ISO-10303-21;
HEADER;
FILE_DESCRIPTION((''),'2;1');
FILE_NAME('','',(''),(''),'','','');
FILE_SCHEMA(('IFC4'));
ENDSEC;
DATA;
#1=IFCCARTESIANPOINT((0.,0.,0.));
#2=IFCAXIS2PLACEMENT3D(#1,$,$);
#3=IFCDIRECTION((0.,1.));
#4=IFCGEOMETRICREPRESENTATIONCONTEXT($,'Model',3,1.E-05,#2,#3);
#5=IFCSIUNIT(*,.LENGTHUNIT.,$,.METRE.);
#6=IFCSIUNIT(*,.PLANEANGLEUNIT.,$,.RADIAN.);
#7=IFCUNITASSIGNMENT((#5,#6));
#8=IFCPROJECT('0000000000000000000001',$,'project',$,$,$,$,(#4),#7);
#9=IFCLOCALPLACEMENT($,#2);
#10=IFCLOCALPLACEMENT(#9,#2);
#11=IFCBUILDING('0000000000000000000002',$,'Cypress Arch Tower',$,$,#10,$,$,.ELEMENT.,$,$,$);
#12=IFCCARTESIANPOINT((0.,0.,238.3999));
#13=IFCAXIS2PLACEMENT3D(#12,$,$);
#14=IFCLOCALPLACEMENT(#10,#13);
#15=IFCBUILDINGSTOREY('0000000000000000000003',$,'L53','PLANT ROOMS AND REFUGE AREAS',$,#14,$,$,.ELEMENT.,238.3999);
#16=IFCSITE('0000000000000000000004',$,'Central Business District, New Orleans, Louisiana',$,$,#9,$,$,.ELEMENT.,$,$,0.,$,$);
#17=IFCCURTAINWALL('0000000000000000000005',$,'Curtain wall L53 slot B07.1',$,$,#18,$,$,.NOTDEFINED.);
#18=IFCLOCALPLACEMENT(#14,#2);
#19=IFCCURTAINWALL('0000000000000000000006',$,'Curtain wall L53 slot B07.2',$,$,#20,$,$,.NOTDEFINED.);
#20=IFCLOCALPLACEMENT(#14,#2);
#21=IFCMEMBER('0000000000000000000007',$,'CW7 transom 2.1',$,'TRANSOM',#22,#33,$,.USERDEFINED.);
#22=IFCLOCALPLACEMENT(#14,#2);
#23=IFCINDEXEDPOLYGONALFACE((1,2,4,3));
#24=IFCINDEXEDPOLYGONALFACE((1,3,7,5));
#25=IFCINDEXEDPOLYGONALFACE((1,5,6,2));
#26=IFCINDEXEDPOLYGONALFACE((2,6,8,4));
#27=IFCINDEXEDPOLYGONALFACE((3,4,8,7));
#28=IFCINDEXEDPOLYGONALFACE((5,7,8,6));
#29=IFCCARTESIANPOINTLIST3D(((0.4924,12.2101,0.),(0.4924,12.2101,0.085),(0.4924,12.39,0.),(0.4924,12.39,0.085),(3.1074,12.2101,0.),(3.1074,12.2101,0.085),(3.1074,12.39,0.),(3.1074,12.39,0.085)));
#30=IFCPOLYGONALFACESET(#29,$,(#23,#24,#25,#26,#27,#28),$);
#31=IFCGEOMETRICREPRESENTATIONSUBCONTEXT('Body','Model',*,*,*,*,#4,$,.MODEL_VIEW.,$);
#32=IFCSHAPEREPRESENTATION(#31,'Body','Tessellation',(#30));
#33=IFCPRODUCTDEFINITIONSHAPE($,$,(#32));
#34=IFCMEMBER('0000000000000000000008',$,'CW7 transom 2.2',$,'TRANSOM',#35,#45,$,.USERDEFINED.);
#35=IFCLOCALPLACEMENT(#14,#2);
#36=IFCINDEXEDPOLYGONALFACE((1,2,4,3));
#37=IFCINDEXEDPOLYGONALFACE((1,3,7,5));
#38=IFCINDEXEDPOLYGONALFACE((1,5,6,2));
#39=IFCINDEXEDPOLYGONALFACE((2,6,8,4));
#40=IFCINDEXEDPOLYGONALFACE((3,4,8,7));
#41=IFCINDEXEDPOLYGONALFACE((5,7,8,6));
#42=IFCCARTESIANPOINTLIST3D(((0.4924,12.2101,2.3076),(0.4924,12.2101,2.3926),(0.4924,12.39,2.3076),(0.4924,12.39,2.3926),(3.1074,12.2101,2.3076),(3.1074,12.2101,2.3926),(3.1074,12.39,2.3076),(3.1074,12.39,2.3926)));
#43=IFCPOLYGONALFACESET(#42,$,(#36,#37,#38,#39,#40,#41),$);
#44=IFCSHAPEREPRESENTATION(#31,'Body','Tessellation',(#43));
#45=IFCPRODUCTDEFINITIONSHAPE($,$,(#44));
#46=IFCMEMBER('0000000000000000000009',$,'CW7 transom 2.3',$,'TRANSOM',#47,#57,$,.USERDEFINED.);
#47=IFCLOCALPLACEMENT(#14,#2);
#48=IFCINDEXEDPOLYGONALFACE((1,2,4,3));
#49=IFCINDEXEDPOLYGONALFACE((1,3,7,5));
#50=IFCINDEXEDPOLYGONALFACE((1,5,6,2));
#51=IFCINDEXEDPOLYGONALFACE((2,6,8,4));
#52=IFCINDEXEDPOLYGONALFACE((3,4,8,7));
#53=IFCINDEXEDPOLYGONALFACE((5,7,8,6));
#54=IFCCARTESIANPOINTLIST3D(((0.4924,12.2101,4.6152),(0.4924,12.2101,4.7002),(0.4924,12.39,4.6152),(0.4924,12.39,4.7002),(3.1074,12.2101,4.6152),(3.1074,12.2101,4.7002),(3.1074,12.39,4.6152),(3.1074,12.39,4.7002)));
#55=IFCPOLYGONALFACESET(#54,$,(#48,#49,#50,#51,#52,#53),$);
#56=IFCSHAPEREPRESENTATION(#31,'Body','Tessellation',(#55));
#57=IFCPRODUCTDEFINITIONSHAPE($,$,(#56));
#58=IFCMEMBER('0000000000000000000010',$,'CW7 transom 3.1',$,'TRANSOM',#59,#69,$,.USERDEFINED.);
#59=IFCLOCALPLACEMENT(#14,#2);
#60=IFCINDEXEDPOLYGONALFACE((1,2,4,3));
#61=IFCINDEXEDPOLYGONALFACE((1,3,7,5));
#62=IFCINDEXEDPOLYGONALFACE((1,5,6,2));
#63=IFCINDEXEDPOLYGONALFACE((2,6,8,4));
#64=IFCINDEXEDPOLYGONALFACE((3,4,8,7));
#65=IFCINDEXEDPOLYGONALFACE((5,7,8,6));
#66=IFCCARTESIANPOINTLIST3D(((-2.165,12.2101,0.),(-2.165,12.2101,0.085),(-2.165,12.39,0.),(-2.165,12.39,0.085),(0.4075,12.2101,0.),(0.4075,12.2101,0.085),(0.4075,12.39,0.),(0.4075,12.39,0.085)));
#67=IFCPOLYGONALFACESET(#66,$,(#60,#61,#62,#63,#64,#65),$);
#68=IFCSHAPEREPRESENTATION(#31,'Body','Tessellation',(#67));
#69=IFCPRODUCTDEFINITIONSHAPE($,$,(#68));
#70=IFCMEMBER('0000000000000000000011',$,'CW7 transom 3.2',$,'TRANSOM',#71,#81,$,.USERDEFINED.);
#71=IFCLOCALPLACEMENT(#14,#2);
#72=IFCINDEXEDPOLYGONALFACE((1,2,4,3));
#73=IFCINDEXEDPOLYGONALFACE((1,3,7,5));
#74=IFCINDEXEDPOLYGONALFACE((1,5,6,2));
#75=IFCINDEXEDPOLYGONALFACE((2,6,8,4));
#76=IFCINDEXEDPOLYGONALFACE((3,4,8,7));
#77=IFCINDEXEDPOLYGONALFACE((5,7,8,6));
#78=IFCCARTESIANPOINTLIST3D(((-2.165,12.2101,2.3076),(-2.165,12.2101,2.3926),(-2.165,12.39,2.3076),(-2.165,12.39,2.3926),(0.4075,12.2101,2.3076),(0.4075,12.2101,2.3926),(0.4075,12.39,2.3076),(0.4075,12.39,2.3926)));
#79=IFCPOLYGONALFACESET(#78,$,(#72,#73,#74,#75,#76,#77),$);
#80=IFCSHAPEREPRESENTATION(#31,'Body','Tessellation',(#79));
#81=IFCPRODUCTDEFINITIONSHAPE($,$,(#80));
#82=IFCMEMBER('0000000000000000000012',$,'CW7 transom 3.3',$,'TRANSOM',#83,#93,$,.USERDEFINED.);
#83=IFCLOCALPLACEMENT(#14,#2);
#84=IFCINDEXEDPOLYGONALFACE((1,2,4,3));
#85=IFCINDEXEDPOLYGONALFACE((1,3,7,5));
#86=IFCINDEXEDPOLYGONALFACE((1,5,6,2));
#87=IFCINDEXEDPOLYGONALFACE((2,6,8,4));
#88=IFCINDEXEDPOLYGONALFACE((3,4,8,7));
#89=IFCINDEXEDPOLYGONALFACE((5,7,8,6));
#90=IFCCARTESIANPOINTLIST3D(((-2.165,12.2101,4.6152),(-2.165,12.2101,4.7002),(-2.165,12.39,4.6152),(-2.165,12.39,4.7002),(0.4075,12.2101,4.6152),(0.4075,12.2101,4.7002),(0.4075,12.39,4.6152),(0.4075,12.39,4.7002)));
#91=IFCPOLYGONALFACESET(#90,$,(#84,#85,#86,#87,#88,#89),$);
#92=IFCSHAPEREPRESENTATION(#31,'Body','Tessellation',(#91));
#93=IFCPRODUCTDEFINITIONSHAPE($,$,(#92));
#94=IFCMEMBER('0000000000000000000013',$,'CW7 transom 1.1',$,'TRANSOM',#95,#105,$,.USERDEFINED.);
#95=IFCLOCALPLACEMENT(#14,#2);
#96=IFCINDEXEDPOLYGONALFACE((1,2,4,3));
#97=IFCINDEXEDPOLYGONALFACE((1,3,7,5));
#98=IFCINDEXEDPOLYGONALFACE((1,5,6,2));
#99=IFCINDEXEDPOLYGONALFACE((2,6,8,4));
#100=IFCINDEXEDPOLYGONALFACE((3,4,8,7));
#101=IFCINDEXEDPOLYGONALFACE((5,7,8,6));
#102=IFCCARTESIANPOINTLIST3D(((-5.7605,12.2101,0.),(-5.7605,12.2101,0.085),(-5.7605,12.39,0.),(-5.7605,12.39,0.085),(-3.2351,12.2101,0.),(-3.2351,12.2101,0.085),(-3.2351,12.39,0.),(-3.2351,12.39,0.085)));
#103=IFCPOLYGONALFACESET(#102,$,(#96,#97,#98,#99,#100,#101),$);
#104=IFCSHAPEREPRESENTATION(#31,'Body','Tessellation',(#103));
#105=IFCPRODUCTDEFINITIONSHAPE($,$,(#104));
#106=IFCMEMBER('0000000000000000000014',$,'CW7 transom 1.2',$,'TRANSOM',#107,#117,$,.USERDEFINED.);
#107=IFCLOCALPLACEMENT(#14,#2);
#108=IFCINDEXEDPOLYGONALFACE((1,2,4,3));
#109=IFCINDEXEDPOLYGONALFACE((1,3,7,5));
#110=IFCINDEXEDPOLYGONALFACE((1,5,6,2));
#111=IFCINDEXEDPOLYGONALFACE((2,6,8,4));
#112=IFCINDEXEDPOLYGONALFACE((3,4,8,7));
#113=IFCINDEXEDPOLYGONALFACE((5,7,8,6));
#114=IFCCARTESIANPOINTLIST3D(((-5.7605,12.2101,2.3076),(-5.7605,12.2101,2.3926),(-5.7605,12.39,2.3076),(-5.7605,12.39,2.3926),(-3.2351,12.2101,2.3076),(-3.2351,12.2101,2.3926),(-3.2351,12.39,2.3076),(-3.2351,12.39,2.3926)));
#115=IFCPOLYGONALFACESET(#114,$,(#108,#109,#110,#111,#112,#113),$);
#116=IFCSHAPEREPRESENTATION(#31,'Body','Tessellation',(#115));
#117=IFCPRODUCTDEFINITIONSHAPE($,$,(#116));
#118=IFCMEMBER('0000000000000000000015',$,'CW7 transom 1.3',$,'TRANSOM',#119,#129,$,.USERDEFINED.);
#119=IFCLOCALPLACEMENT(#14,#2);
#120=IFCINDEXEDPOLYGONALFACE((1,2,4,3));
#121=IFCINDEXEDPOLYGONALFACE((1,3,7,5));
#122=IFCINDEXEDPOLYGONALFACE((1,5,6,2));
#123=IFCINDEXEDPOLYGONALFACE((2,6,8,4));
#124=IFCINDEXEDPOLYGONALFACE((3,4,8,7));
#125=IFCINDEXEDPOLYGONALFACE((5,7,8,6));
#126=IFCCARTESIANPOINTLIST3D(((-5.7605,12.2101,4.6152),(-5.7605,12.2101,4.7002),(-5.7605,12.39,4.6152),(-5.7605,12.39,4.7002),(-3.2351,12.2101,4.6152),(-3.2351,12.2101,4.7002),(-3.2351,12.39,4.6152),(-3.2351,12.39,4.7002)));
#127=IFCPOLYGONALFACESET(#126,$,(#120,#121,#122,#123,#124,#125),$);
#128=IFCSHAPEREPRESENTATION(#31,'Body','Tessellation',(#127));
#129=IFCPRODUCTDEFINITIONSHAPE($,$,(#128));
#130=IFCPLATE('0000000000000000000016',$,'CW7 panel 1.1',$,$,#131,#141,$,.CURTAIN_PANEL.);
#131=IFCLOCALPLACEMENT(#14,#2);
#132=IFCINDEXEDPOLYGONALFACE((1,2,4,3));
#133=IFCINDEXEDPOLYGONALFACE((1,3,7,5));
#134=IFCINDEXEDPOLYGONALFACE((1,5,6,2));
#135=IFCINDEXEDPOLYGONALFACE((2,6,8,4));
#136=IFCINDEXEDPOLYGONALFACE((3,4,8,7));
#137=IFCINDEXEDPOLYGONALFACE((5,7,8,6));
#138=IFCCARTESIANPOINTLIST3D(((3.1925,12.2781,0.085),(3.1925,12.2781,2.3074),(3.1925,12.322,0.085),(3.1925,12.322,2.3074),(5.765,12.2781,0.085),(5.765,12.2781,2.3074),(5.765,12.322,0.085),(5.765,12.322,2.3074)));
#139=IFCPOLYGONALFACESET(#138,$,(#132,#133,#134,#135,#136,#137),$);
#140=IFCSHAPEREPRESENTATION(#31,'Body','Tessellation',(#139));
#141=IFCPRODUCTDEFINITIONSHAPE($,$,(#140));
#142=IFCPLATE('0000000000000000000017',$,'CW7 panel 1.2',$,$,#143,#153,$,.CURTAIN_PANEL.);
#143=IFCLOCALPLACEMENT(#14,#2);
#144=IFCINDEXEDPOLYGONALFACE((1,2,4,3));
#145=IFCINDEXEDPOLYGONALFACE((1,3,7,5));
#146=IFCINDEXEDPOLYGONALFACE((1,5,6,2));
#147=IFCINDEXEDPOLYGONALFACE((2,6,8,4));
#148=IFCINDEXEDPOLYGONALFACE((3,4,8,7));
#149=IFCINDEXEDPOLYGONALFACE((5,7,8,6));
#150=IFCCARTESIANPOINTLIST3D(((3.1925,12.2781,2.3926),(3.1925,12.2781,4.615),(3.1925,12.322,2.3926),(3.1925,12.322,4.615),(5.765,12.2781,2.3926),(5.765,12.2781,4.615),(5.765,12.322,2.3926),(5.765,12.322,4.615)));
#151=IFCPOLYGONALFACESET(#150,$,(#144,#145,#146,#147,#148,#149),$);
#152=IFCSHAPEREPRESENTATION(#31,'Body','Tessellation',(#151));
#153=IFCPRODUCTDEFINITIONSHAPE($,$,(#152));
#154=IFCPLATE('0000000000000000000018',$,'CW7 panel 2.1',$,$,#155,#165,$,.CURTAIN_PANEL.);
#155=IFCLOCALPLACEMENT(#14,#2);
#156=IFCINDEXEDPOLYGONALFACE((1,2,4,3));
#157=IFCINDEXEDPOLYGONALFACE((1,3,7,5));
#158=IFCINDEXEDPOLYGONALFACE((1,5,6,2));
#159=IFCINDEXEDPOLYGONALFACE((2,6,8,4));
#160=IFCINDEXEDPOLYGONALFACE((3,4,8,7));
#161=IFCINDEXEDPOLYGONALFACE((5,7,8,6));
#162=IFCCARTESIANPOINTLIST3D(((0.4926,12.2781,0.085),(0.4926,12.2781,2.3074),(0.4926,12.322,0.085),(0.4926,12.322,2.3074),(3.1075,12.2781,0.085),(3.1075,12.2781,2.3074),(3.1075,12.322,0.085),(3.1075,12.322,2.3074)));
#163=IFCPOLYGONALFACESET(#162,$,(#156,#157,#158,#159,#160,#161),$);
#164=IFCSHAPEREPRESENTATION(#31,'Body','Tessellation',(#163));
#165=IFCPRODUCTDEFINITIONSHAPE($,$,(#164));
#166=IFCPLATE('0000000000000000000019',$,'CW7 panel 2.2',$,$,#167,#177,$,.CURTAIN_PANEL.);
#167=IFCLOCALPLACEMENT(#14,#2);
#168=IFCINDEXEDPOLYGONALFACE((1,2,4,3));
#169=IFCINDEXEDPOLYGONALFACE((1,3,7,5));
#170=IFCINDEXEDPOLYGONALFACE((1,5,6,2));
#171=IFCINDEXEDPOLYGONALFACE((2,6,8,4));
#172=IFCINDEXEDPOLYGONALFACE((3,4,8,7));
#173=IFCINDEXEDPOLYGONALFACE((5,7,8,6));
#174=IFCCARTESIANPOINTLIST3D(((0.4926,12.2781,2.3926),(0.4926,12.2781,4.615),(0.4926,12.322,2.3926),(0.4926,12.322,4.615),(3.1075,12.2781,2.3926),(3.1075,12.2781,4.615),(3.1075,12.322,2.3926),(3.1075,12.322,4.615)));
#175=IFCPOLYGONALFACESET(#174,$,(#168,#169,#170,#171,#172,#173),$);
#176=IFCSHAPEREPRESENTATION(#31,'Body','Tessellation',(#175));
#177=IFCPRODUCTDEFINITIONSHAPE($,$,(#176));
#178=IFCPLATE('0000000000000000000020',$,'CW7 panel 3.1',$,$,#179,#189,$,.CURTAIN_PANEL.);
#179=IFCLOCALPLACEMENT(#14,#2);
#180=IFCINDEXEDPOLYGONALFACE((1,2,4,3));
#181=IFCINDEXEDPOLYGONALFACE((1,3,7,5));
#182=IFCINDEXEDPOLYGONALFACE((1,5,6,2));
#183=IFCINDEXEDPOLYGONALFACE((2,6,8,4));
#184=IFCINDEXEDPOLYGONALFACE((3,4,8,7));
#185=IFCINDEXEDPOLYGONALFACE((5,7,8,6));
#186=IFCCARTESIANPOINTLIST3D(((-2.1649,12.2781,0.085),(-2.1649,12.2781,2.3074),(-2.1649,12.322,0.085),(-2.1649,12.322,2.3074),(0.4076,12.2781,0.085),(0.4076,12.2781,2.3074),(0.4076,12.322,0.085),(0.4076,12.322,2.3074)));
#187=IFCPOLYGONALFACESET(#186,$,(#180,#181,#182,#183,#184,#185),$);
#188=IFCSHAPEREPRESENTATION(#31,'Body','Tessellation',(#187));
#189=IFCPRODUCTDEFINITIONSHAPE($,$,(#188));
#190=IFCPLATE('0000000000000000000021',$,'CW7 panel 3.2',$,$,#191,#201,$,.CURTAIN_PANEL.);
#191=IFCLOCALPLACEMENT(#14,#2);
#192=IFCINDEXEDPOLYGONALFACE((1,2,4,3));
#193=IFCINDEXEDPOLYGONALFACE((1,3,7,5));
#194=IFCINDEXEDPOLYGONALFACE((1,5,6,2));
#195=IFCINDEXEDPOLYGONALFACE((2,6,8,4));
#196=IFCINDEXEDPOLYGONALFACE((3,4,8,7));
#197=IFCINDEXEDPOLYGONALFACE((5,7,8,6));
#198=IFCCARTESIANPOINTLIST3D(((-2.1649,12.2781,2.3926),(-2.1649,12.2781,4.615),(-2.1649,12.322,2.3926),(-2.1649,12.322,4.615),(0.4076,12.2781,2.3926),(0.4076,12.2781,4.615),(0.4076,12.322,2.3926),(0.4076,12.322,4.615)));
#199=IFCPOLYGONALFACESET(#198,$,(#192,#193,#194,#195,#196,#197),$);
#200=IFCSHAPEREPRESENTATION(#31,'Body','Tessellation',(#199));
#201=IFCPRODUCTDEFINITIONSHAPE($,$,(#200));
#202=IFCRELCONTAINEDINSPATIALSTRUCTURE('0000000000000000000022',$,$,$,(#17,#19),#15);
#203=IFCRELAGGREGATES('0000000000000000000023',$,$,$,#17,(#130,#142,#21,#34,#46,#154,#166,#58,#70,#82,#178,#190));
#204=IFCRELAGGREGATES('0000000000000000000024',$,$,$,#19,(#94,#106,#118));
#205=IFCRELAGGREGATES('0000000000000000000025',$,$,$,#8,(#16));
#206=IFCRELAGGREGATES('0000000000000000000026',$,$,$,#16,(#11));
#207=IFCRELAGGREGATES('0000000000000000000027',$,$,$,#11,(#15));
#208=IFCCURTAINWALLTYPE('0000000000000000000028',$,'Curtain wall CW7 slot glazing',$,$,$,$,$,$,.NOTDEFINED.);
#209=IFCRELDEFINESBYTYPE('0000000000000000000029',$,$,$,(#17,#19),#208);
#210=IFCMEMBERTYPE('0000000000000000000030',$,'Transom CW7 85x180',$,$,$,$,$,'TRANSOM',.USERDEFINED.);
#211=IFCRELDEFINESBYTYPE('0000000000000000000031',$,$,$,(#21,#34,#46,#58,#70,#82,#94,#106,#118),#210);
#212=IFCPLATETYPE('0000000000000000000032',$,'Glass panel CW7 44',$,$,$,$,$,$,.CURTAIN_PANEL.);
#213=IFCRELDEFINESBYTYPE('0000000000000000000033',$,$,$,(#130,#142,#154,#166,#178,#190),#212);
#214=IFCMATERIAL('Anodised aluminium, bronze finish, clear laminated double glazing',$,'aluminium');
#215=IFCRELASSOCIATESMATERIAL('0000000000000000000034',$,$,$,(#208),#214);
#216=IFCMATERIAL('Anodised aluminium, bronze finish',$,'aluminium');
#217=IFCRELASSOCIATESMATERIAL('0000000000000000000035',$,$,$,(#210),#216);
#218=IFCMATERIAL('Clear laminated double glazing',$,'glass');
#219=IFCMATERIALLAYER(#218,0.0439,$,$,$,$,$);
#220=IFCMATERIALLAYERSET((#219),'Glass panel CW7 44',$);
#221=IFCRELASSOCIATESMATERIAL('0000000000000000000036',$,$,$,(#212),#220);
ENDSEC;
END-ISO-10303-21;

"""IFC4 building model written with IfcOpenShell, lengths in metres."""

from ifc_helpers import new_model, si_unit, direction, frame, origin, origin_2d, place, context, subcontext, project, spatial, rectangle, extrude, material, layer, layer_set, material_profile, profile_set, type_object, element, aggregate, save


model = new_model("IFC4")

# Units and contexts
model_context = context("Model", 3, precision=1e-05, world=origin(), true_north=direction((0.0, 1.0)))
body_context = subcontext(model_context, "Body", "Model", "MODEL_VIEW")
ifc_project = project(units=[si_unit("LENGTHUNIT", "METRE"), si_unit("PLANEANGLEUNIT", "RADIAN")], contexts=[model_context])

# Site, building, storey
site_placement = place(None, origin())
site = spatial("IfcSite", under=ifc_project, at=site_placement, Name="Central Business District, New Orleans, Louisiana", CompositionType="ELEMENT", RefElevation=0.0)
building_placement = place(site_placement, origin())
building = spatial("IfcBuilding", under=site, at=building_placement, Name="Cypress Arch Tower", CompositionType="ELEMENT")
storey_placement = place(building_placement, frame((0.0, 0.0, 238.3999)))
storey = spatial("IfcBuildingStorey", under=building, at=storey_placement, Name="L53", Description="PLANT ROOMS AND REFUGE AREAS", CompositionType="ELEMENT", Elevation=238.3999)

# Curtain walls
ifc_material_1 = material(Name="Anodised aluminium, bronze finish, clear laminated double glazing", Category="aluminium")
curtain_wall_type = type_object("IfcCurtainWallType", Name="Curtain wall CW7 slot glazing", PredefinedType="NOTDEFINED", material=ifc_material_1)
curtain_wall_1_placement = place(storey_placement, origin())
curtain_wall_1 = element("IfcCurtainWall", 1, at=curtain_wall_1_placement, inside=storey, type_object=curtain_wall_type, Name="Curtain wall L53 slot B07.1", PredefinedType="NOTDEFINED")
curtain_wall_2_placement = place(storey_placement, origin())
curtain_wall_2 = element("IfcCurtainWall", 2, at=curtain_wall_2_placement, inside=storey, type_object=curtain_wall_type, Name="Curtain wall L53 slot B07.2", PredefinedType="NOTDEFINED")

# Members
ifc_material_2 = material(Name="Anodised aluminium, bronze finish", Category="aluminium")
ifc_material_profile_1 = material_profile(ifc_material_2, rectangle(XDim=0.1799, YDim=0.085, at=origin_2d()), Name="Transom 85x180")
ifc_profile_set_1 = profile_set([ifc_material_profile_1], Name="Anodised aluminium, bronze finish")
member_type_1 = type_object("IfcMemberType", Name="Transom CW7 85x180", ElementType="TRANSOM", PredefinedType="USERDEFINED", material=ifc_profile_set_1)
member_1_placement = place(storey_placement, frame((3.1074, 12.3, 0.0425), z_axis=(-1.0, 0.0, 0.0), x_axis=(0.0, -1.0, 0.0)))
member_1 = element("IfcMember", 3, at=member_1_placement, type_object=member_type_1, Name="CW7 transom 2.1", ObjectType="TRANSOM", PredefinedType="USERDEFINED", context=body_context, shape_type="SweptSolid", body=[
    extrude(rectangle(XDim=0.1799, YDim=0.085, at=origin_2d()), origin(), (0.0, 0.0, 1.0), 2.615),
])
member_2_placement = place(storey_placement, frame((3.1074, 12.3, 2.3501), z_axis=(-1.0, 0.0, 0.0), x_axis=(0.0, -1.0, 0.0)))
member_2 = element("IfcMember", 4, at=member_2_placement, type_object=member_type_1, Name="CW7 transom 2.2", ObjectType="TRANSOM", PredefinedType="USERDEFINED", context=body_context, shape_type="SweptSolid", body=[
    extrude(rectangle(XDim=0.1799, YDim=0.085, at=origin_2d()), origin(), (0.0, 0.0, 1.0), 2.615),
])
member_3_placement = place(storey_placement, frame((3.1074, 12.3, 4.6577), z_axis=(-1.0, 0.0, 0.0), x_axis=(0.0, -1.0, 0.0)))
member_3 = element("IfcMember", 5, at=member_3_placement, type_object=member_type_1, Name="CW7 transom 2.3", ObjectType="TRANSOM", PredefinedType="USERDEFINED", context=body_context, shape_type="SweptSolid", body=[
    extrude(rectangle(XDim=0.1799, YDim=0.085, at=origin_2d()), origin(), (0.0, 0.0, 1.0), 2.615),
])
member_4_placement = place(storey_placement, frame((0.4075, 12.3, 0.0425), z_axis=(-1.0, 0.0, 0.0), x_axis=(0.0, -1.0, 0.0)))
member_4 = element("IfcMember", 6, at=member_4_placement, type_object=member_type_1, Name="CW7 transom 3.1", ObjectType="TRANSOM", PredefinedType="USERDEFINED", context=body_context, shape_type="SweptSolid", body=[
    extrude(rectangle(XDim=0.1799, YDim=0.085, at=origin_2d()), origin(), (0.0, 0.0, 1.0), 2.5725),
])
member_5_placement = place(storey_placement, frame((0.4075, 12.3, 2.3501), z_axis=(-1.0, 0.0, 0.0), x_axis=(0.0, -1.0, 0.0)))
member_5 = element("IfcMember", 7, at=member_5_placement, type_object=member_type_1, Name="CW7 transom 3.2", ObjectType="TRANSOM", PredefinedType="USERDEFINED", context=body_context, shape_type="SweptSolid", body=[
    extrude(rectangle(XDim=0.1799, YDim=0.085, at=origin_2d()), origin(), (0.0, 0.0, 1.0), 2.5725),
])
member_6_placement = place(storey_placement, frame((0.4075, 12.3, 4.6577), z_axis=(-1.0, 0.0, 0.0), x_axis=(0.0, -1.0, 0.0)))
member_6 = element("IfcMember", 8, at=member_6_placement, type_object=member_type_1, Name="CW7 transom 3.3", ObjectType="TRANSOM", PredefinedType="USERDEFINED", context=body_context, shape_type="SweptSolid", body=[
    extrude(rectangle(XDim=0.1799, YDim=0.085, at=origin_2d()), origin(), (0.0, 0.0, 1.0), 2.5725),
])
member_7_placement = place(storey_placement, frame((-3.2351, 12.3, 0.0425), z_axis=(-1.0, 0.0, 0.0), x_axis=(0.0, -1.0, 0.0)))
member_7 = element("IfcMember", 9, at=member_7_placement, type_object=member_type_1, Name="CW7 transom 1.1", ObjectType="TRANSOM", PredefinedType="USERDEFINED", context=body_context, shape_type="SweptSolid", body=[
    extrude(rectangle(XDim=0.1799, YDim=0.085, at=origin_2d()), origin(), (0.0, 0.0, 1.0), 2.5254),
])
member_8_placement = place(storey_placement, frame((-3.2351, 12.3, 2.3501), z_axis=(-1.0, 0.0, 0.0), x_axis=(0.0, -1.0, 0.0)))
member_8 = element("IfcMember", 10, at=member_8_placement, type_object=member_type_1, Name="CW7 transom 1.2", ObjectType="TRANSOM", PredefinedType="USERDEFINED", context=body_context, shape_type="SweptSolid", body=[
    extrude(rectangle(XDim=0.1799, YDim=0.085, at=origin_2d()), origin(), (0.0, 0.0, 1.0), 2.5254),
])
member_9_placement = place(storey_placement, frame((-3.2351, 12.3, 4.6577), z_axis=(-1.0, 0.0, 0.0), x_axis=(0.0, -1.0, 0.0)))
member_9 = element("IfcMember", 11, at=member_9_placement, type_object=member_type_1, Name="CW7 transom 1.3", ObjectType="TRANSOM", PredefinedType="USERDEFINED", context=body_context, shape_type="SweptSolid", body=[
    extrude(rectangle(XDim=0.1799, YDim=0.085, at=origin_2d()), origin(), (0.0, 0.0, 1.0), 2.5254),
])

# Plates
ifc_material_3 = material(Name="Clear laminated double glazing", Category="glass")
ifc_layer_1 = layer(ifc_material_3, 0.0439)
ifc_layer_set_1 = layer_set([ifc_layer_1], Name="Glass panel CW7 44")
plate_type = type_object("IfcPlateType", Name="Glass panel CW7 44", PredefinedType="CURTAIN_PANEL", material=ifc_layer_set_1)
plate_1_placement = place(storey_placement, frame((4.4788, 12.3, 0.085), z_axis=(0.0, 0.0, 1.0), x_axis=(-1.0, 0.0, 0.0)))
plate_1 = element("IfcPlate", 12, at=plate_1_placement, type_object=plate_type, Name="CW7 panel 1.1", PredefinedType="CURTAIN_PANEL", context=body_context, shape_type="SweptSolid", body=[
    extrude(rectangle(XDim=2.5725, YDim=0.0439, at=origin_2d()), origin(), (0.0, 0.0, 1.0), 2.2224),
])
plate_2_placement = place(storey_placement, frame((4.4788, 12.3, 2.3926), z_axis=(0.0, 0.0, 1.0), x_axis=(-1.0, 0.0, 0.0)))
plate_2 = element("IfcPlate", 13, at=plate_2_placement, type_object=plate_type, Name="CW7 panel 1.2", PredefinedType="CURTAIN_PANEL", context=body_context, shape_type="SweptSolid", body=[
    extrude(rectangle(XDim=2.5725, YDim=0.0439, at=origin_2d()), origin(), (0.0, 0.0, 1.0), 2.2224),
])
plate_3_placement = place(storey_placement, frame((1.8, 12.3, 0.085), z_axis=(0.0, 0.0, 1.0), x_axis=(-1.0, 0.0, 0.0)))
plate_3 = element("IfcPlate", 14, at=plate_3_placement, type_object=plate_type, Name="CW7 panel 2.1", PredefinedType="CURTAIN_PANEL", context=body_context, shape_type="SweptSolid", body=[
    extrude(rectangle(XDim=2.615, YDim=0.0439, at=origin_2d()), origin(), (0.0, 0.0, 1.0), 2.2224),
])
plate_4_placement = place(storey_placement, frame((1.8, 12.3, 2.3926), z_axis=(0.0, 0.0, 1.0), x_axis=(-1.0, 0.0, 0.0)))
plate_4 = element("IfcPlate", 15, at=plate_4_placement, type_object=plate_type, Name="CW7 panel 2.2", PredefinedType="CURTAIN_PANEL", context=body_context, shape_type="SweptSolid", body=[
    extrude(rectangle(XDim=2.615, YDim=0.0439, at=origin_2d()), origin(), (0.0, 0.0, 1.0), 2.2224),
])
plate_5_placement = place(storey_placement, frame((-0.8787, 12.3, 0.085), z_axis=(0.0, 0.0, 1.0), x_axis=(-1.0, 0.0, 0.0)))
plate_5 = element("IfcPlate", 16, at=plate_5_placement, type_object=plate_type, Name="CW7 panel 3.1", PredefinedType="CURTAIN_PANEL", context=body_context, shape_type="SweptSolid", body=[
    extrude(rectangle(XDim=2.5725, YDim=0.0439, at=origin_2d()), origin(), (0.0, 0.0, 1.0), 2.2224),
])
plate_6_placement = place(storey_placement, frame((-0.8787, 12.3, 2.3926), z_axis=(0.0, 0.0, 1.0), x_axis=(-1.0, 0.0, 0.0)))
plate_6 = element("IfcPlate", 17, at=plate_6_placement, type_object=plate_type, Name="CW7 panel 3.2", PredefinedType="CURTAIN_PANEL", context=body_context, shape_type="SweptSolid", body=[
    extrude(rectangle(XDim=2.5725, YDim=0.0439, at=origin_2d()), origin(), (0.0, 0.0, 1.0), 2.2224),
])
aggregate(curtain_wall_1, [plate_1, plate_2, member_1, member_2, member_3, plate_3, plate_4, member_4, member_5, member_6, plate_5, plate_6])
aggregate(curtain_wall_2, [member_7, member_8, member_9])

save(model, "model.ifc")
